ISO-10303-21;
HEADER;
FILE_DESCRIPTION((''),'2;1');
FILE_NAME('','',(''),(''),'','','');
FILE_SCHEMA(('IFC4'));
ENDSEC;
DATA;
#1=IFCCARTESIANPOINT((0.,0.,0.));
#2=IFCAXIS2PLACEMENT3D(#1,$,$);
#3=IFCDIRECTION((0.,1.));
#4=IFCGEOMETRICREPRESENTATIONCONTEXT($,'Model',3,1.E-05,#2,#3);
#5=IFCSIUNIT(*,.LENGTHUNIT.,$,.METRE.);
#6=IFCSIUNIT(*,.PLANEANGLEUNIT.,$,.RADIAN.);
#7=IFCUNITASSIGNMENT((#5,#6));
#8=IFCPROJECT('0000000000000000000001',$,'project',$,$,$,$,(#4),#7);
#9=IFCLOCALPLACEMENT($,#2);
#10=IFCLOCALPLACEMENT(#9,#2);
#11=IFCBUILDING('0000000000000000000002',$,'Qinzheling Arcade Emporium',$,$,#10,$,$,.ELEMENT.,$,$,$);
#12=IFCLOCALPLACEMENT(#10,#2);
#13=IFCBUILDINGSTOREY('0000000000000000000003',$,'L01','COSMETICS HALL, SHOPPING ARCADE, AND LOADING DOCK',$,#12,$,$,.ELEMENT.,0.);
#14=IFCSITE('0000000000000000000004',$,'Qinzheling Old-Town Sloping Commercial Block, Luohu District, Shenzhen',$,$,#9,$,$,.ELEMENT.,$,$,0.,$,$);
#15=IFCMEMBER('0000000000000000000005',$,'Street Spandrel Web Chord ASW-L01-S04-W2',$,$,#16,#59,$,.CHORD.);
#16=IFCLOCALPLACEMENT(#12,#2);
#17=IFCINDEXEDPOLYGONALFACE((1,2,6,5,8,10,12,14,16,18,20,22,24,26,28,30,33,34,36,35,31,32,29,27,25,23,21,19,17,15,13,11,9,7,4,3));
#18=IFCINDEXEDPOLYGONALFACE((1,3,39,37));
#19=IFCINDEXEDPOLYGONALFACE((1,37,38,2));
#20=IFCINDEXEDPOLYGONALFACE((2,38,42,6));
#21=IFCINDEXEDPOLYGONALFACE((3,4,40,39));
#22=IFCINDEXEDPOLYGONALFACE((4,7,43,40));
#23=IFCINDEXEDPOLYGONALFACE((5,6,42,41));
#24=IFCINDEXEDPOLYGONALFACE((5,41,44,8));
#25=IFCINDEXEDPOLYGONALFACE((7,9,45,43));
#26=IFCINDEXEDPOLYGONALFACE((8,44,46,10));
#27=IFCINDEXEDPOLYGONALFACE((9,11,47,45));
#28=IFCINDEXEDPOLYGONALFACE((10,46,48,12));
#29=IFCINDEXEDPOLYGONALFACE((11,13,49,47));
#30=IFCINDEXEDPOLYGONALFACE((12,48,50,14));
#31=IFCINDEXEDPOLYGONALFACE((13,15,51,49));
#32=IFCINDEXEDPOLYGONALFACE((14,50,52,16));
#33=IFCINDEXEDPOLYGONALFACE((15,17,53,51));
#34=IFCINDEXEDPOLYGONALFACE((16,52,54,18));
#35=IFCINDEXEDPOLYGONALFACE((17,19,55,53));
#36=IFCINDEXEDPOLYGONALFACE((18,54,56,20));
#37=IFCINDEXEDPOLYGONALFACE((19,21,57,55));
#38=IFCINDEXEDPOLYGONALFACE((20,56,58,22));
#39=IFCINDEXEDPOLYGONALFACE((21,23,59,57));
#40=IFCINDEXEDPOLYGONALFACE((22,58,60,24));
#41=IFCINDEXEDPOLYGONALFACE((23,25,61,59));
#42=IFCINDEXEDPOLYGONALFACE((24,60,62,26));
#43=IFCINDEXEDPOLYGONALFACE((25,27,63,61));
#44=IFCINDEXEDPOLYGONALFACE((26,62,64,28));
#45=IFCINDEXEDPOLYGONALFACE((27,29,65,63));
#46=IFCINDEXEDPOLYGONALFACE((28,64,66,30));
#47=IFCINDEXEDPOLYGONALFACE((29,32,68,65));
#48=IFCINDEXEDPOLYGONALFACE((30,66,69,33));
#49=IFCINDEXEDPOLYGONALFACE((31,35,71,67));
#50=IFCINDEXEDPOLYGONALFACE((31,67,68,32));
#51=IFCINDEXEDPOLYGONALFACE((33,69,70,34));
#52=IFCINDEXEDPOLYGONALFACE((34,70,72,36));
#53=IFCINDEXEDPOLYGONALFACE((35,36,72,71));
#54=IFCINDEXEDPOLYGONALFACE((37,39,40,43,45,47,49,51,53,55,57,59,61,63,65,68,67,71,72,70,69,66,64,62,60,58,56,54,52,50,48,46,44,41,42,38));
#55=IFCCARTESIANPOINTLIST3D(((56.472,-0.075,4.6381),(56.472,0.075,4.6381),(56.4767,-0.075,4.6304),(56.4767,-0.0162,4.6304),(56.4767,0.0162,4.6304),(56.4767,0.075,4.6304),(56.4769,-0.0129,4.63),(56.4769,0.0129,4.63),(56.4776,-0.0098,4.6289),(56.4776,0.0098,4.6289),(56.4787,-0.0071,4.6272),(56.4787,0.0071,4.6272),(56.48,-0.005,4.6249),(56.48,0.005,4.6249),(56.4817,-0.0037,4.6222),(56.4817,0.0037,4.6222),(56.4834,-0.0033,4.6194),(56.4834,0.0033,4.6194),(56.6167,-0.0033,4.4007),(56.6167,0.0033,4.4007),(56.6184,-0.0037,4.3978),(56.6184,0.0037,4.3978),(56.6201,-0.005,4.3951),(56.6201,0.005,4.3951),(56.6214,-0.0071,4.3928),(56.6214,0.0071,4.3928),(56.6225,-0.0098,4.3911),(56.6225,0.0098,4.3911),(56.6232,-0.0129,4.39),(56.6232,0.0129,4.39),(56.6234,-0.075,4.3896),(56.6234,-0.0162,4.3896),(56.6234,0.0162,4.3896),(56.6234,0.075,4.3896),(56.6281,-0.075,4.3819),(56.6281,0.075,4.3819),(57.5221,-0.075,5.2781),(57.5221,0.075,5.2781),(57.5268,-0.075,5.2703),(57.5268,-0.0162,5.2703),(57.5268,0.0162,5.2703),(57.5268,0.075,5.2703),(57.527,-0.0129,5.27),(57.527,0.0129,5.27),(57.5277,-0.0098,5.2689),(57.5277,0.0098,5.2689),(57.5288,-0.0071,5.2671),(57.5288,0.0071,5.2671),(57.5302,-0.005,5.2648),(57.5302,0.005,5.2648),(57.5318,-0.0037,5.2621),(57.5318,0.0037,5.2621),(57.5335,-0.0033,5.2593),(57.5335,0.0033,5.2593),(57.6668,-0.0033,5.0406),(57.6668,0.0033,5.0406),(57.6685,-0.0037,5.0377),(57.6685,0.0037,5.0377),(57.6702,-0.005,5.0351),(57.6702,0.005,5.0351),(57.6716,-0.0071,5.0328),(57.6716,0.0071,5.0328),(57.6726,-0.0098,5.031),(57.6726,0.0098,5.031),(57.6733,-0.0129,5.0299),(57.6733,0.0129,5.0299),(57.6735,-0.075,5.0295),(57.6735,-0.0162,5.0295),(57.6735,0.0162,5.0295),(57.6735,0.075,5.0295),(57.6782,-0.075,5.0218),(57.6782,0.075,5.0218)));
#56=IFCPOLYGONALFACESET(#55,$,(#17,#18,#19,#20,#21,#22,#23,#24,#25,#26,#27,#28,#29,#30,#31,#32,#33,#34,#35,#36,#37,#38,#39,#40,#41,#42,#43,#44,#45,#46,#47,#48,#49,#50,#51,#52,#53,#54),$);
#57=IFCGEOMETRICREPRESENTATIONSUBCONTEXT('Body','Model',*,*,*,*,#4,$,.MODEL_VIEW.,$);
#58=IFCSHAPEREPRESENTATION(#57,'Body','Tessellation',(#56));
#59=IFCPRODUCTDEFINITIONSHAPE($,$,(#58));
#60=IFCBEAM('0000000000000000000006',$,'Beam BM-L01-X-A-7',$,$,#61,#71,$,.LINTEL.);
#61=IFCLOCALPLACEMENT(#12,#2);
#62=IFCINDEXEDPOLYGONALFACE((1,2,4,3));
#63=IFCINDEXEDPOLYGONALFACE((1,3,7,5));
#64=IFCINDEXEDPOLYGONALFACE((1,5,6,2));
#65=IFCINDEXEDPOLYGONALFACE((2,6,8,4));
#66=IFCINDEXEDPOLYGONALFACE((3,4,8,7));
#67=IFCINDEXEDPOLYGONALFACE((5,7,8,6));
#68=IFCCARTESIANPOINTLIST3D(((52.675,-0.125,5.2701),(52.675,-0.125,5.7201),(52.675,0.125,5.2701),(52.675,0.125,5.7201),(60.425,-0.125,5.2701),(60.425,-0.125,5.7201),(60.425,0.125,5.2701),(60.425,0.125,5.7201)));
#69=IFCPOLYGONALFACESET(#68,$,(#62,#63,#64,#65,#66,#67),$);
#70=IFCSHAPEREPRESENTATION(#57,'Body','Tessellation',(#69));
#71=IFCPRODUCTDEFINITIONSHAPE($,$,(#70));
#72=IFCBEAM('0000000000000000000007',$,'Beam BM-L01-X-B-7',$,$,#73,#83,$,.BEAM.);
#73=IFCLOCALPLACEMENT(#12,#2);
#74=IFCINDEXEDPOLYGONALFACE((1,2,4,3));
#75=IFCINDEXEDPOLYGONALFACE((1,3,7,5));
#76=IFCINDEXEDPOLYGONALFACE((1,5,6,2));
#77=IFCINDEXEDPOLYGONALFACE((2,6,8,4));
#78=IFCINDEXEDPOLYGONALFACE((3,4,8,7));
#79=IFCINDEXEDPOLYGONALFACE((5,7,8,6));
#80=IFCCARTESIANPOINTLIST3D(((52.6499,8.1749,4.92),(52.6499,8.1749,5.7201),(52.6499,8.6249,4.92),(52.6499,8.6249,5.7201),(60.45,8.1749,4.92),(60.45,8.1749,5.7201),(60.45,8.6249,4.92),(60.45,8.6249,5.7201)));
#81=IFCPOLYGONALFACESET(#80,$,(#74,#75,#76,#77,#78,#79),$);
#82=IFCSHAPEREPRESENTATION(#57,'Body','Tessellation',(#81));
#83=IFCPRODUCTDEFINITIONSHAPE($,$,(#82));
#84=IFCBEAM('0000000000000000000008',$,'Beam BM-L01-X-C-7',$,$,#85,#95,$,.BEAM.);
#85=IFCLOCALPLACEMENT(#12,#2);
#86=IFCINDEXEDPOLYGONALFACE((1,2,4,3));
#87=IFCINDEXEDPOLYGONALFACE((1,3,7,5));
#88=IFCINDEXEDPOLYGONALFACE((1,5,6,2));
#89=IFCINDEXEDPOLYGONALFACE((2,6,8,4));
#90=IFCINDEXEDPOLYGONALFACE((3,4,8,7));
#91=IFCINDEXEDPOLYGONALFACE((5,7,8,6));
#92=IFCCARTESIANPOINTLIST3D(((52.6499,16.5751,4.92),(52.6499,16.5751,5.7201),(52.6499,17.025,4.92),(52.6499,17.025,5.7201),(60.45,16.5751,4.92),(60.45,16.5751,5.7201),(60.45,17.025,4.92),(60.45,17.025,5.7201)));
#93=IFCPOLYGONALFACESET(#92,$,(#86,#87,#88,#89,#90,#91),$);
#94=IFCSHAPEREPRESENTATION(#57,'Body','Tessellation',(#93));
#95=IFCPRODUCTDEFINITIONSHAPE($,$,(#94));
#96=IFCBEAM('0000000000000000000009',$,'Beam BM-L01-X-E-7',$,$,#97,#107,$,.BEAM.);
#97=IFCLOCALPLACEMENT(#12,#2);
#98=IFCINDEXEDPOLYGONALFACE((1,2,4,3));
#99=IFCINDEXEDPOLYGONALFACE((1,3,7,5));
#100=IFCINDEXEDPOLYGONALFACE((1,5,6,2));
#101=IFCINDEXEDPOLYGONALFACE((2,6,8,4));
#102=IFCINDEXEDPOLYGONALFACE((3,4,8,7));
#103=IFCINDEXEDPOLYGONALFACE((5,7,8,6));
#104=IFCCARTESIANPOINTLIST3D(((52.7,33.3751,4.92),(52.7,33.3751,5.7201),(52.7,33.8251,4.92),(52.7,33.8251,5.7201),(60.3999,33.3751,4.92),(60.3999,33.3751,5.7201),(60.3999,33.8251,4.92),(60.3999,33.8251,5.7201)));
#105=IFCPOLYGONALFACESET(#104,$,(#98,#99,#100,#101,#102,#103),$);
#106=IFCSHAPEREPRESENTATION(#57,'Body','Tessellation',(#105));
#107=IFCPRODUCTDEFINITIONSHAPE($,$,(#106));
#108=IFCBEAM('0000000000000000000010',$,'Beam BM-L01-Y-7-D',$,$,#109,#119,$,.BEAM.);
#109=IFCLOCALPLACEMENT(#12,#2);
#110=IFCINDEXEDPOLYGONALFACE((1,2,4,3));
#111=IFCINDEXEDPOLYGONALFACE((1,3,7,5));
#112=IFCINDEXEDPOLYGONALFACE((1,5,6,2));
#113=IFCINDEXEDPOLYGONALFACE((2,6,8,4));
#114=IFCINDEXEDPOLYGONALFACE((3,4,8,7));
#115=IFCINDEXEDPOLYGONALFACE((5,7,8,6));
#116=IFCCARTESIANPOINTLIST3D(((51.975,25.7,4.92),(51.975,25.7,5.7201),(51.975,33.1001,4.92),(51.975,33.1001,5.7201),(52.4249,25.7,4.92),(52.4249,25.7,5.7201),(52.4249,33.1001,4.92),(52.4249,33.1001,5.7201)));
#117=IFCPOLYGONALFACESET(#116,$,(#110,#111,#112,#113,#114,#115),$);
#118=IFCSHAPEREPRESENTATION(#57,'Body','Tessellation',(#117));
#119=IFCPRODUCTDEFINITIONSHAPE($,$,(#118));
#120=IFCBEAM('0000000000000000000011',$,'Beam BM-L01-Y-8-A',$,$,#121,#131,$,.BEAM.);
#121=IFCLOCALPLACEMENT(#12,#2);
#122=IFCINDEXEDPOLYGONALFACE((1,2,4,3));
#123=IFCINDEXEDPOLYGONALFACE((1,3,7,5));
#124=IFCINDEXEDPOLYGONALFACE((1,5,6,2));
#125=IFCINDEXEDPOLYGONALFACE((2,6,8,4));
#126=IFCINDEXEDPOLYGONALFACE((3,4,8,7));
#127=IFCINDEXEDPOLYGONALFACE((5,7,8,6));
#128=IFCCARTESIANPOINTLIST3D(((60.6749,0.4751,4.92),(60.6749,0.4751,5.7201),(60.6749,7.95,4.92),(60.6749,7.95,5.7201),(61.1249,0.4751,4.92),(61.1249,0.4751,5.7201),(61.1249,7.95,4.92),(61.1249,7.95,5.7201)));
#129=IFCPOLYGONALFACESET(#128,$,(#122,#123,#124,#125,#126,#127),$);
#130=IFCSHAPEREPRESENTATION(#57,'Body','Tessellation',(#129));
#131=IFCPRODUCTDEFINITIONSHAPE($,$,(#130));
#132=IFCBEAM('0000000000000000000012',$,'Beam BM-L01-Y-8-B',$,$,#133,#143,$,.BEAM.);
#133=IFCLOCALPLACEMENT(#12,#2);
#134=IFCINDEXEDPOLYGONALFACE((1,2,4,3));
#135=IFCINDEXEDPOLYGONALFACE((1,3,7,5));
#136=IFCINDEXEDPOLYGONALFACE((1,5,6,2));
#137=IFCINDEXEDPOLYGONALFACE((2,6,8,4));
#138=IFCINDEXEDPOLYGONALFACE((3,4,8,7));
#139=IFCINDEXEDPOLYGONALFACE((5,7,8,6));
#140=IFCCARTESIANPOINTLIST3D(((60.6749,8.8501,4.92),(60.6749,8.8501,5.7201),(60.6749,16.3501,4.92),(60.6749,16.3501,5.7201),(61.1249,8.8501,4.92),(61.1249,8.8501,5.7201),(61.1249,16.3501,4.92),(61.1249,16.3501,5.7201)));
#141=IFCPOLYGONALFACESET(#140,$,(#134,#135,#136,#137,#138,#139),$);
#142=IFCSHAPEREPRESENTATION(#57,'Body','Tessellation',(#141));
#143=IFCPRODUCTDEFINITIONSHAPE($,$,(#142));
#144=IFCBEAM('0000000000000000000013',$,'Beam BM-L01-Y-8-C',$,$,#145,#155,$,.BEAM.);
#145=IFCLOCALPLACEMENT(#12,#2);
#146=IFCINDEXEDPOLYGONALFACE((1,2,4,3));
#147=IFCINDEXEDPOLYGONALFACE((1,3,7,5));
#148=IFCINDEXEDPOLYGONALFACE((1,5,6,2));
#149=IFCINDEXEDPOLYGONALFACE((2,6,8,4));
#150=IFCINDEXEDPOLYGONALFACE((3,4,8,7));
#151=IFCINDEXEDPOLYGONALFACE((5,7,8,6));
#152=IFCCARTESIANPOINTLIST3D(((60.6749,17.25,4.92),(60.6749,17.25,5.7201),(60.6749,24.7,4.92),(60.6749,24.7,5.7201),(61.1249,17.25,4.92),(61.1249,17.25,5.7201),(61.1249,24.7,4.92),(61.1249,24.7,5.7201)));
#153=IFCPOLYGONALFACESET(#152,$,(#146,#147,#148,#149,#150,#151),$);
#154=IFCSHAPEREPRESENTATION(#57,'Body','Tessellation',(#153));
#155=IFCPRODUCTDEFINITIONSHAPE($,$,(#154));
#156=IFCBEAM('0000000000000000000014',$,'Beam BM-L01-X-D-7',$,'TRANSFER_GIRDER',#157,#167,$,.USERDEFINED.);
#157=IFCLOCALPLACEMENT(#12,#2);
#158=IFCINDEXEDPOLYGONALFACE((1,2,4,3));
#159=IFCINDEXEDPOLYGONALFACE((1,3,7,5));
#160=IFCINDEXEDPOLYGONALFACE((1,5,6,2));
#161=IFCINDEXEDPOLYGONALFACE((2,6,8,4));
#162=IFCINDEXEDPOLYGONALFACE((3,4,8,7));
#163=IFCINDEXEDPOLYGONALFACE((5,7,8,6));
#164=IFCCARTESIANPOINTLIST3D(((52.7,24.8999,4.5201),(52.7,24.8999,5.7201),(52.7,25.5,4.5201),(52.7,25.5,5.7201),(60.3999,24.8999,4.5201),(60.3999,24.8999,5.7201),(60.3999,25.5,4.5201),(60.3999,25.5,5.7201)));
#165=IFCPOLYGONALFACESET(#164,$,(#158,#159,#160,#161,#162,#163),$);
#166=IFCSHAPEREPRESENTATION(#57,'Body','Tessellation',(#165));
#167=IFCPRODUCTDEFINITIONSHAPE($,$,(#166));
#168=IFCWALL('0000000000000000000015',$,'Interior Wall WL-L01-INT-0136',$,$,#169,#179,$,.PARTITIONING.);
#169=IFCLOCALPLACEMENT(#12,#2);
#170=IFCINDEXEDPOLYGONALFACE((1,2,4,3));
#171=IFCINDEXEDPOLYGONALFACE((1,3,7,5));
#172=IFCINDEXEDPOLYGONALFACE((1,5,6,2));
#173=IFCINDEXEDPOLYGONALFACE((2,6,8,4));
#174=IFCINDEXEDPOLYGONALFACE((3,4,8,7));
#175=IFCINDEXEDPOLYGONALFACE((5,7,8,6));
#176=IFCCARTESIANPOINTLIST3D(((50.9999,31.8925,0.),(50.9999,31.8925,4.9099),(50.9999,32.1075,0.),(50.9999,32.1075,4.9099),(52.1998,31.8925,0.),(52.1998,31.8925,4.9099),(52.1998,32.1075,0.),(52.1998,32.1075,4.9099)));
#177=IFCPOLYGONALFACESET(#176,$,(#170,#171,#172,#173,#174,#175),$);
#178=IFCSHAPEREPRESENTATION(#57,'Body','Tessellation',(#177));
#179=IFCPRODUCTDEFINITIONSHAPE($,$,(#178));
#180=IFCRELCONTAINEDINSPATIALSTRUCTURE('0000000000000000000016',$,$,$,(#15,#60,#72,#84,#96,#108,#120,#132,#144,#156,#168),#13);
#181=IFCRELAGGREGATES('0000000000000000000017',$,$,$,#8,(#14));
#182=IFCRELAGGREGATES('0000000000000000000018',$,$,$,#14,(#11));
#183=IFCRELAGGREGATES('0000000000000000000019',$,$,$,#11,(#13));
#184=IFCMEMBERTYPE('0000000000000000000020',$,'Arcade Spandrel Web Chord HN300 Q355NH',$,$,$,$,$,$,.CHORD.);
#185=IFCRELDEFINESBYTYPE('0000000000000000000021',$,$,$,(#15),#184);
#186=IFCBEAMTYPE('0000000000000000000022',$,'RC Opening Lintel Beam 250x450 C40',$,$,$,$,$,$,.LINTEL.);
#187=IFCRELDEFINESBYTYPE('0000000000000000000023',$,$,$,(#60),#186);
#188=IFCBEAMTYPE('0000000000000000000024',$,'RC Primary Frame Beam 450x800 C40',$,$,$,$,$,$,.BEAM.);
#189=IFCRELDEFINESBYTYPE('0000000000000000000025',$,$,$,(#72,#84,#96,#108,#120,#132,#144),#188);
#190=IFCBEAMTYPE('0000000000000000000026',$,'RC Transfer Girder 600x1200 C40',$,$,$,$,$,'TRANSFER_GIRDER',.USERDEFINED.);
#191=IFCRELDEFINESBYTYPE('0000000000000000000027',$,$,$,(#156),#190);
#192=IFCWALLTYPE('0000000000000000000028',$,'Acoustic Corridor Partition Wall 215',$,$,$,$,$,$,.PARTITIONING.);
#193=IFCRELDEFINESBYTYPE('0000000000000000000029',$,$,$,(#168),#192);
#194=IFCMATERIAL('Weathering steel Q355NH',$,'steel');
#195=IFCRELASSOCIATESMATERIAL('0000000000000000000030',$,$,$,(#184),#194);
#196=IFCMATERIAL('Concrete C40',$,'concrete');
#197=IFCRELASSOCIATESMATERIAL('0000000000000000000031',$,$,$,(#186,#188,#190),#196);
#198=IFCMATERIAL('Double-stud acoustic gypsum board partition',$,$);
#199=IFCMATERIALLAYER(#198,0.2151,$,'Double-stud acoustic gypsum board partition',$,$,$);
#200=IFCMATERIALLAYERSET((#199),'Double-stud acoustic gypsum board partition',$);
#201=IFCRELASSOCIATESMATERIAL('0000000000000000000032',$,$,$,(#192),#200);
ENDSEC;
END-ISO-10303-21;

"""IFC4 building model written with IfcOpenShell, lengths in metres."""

from ifc_helpers import new_model, si_unit, direction, frame, frame_2d, origin, origin_2d, place, context, subcontext, project, spatial, rectangle, i_section, extrude, material, layer, layer_set, material_profile, profile_set, type_object, element, save


model = new_model("IFC4")

# Units and contexts
model_context = context("Model", 3, precision=1e-05, world=origin(), true_north=direction((0.0, 1.0)))
body_context = subcontext(model_context, "Body", "Model", "MODEL_VIEW")
ifc_project = project(units=[si_unit("LENGTHUNIT", "METRE"), si_unit("PLANEANGLEUNIT", "RADIAN")], contexts=[model_context])

# Site, building, storey
site_placement = place(None, origin())
site = spatial("IfcSite", under=ifc_project, at=site_placement, Name="Qinzheling Old-Town Sloping Commercial Block, Luohu District, Shenzhen", CompositionType="ELEMENT", RefElevation=0.0)
building_placement = place(site_placement, origin())
building = spatial("IfcBuilding", under=site, at=building_placement, Name="Qinzheling Arcade Emporium", CompositionType="ELEMENT")
storey_placement = place(building_placement, origin())
storey = spatial("IfcBuildingStorey", under=building, at=storey_placement, Name="L01", Description="COSMETICS HALL, SHOPPING ARCADE, AND LOADING DOCK", CompositionType="ELEMENT", Elevation=0.0)

# Shared definitions
ifc_material_1 = material(Name="Weathering steel Q355NH", Category="steel")

# Member
ifc_material_profile_1 = material_profile(ifc_material_1, i_section(OverallWidth=0.1499, OverallDepth=0.3, WebThickness=0.0066, FlangeThickness=0.009, FilletRadius=0.0129, at=origin_2d()), Name="HN 300x150x6.5x9", Category="steel")
ifc_profile_set_1 = profile_set([ifc_material_profile_1], Name="Weathering steel Q355NH")
member_type = type_object("IfcMemberType", Name="Arcade Spandrel Web Chord HN300 Q355NH", PredefinedType="CHORD", material=ifc_profile_set_1)
for number, where, z_axis, x_axis, name in (
    (1, (56.55, 0.0, 4.51), (0.853934, 0.0, 0.520381), (0.0, 1.0, 0.0), "Street Spandrel Web Chord ASW-L01-S04-W2"),
):
    element("IfcMember", number, at=place(storey_placement, frame(where, z_axis=z_axis, x_axis=x_axis)), inside=storey, type_object=member_type, Name=name, PredefinedType="CHORD", context=body_context, shape_type="SweptSolid", body=[
        extrude(i_section(OverallWidth=0.1499, OverallDepth=0.3, WebThickness=0.0066, FlangeThickness=0.009, FilletRadius=0.0129, at=origin_2d()), origin(), (0.0, 0.0, 1.0), 1.2297),
    ])

# Beams
ifc_material_2 = material(Name="Concrete C40", Category="concrete")
ifc_material_profile_2 = material_profile(ifc_material_2, rectangle(XDim=0.25, YDim=0.45, at=origin_2d()), Name="RC 250x450", Category="concrete")
ifc_profile_set_2 = profile_set([ifc_material_profile_2], Name="Concrete C40")
beam_type_1 = type_object("IfcBeamType", Name="RC Opening Lintel Beam 250x450 C40", PredefinedType="LINTEL", material=ifc_profile_set_2)
beam_1_placement = place(storey_placement, frame((52.675, 0.0, 5.4951), z_axis=(1.0, 0.0, 0.0), x_axis=(0.0, 1.0, 0.0)))
element("IfcBeam", 2, at=beam_1_placement, inside=storey, type_object=beam_type_1, Name="Beam BM-L01-X-A-7", PredefinedType="LINTEL", context=body_context, shape_type="SweptSolid", body=[
    extrude(rectangle(XDim=0.25, YDim=0.45, at=origin_2d()), origin(), (0.0, 0.0, 1.0), 7.75),
])
ifc_material_profile_3 = material_profile(ifc_material_2, rectangle(XDim=0.45, YDim=0.8, at=origin_2d()), Name="RC 450x800", Category="concrete")
ifc_profile_set_3 = profile_set([ifc_material_profile_3], Name="Concrete C40")
beam_type_2 = type_object("IfcBeamType", Name="RC Primary Frame Beam 450x800 C40", PredefinedType="BEAM", material=ifc_profile_set_3)
for number, where, z_axis, x_axis, name in (
    (3, (52.6499, 8.3999, 5.3201), (1.0, 0.0, 0.0), (0.0, 1.0, 0.0), "Beam BM-L01-X-B-7"),
    (4, (52.6499, 16.8, 5.3201), (1.0, 0.0, 0.0), (0.0, 1.0, 0.0), "Beam BM-L01-X-C-7"),
):
    element("IfcBeam", number, at=place(storey_placement, frame(where, z_axis=z_axis, x_axis=x_axis)), inside=storey, type_object=beam_type_2, Name=name, PredefinedType="BEAM", context=body_context, shape_type="SweptSolid", body=[
        extrude(rectangle(XDim=0.45, YDim=0.8, at=origin_2d()), origin(), (0.0, 0.0, 1.0), 7.8),
    ])
beam_2_placement = place(storey_placement, frame((52.7, 33.6001, 5.3201), z_axis=(1.0, 0.0, 0.0), x_axis=(0.0, 1.0, 0.0)))
element("IfcBeam", 5, at=beam_2_placement, inside=storey, type_object=beam_type_2, Name="Beam BM-L01-X-E-7", PredefinedType="BEAM", context=body_context, shape_type="SweptSolid", body=[
    extrude(rectangle(XDim=0.45, YDim=0.8, at=origin_2d()), origin(), (0.0, 0.0, 1.0), 7.7),
])
beam_3_placement = place(storey_placement, frame((52.2, 25.7, 5.3201), z_axis=(0.0, 1.0, 0.0), x_axis=(-1.0, 0.0, 0.0)))
element("IfcBeam", 6, at=beam_3_placement, inside=storey, type_object=beam_type_2, Name="Beam BM-L01-Y-7-D", PredefinedType="BEAM", context=body_context, shape_type="SweptSolid", body=[
    extrude(rectangle(XDim=0.45, YDim=0.8, at=origin_2d()), origin(), (0.0, 0.0, 1.0), 7.4001),
])
beam_4_placement = place(storey_placement, frame((60.8999, 0.4751, 5.3201), z_axis=(0.0, 1.0, 0.0), x_axis=(-1.0, 0.0, 0.0)))
element("IfcBeam", 7, at=beam_4_placement, inside=storey, type_object=beam_type_2, Name="Beam BM-L01-Y-8-A", PredefinedType="BEAM", context=body_context, shape_type="SweptSolid", body=[
    extrude(rectangle(XDim=0.45, YDim=0.8, at=origin_2d()), origin(), (0.0, 0.0, 1.0), 7.4749),
])
beam_5_placement = place(storey_placement, frame((60.8999, 8.8501, 5.3201), z_axis=(0.0, 1.0, 0.0), x_axis=(-1.0, 0.0, 0.0)))
element("IfcBeam", 8, at=beam_5_placement, inside=storey, type_object=beam_type_2, Name="Beam BM-L01-Y-8-B", PredefinedType="BEAM", context=body_context, shape_type="SweptSolid", body=[
    extrude(rectangle(XDim=0.45, YDim=0.8, at=origin_2d()), origin(), (0.0, 0.0, 1.0), 7.5),
])
beam_6_placement = place(storey_placement, frame((60.8999, 17.25, 5.3201), z_axis=(0.0, 1.0, 0.0), x_axis=(-1.0, 0.0, 0.0)))
element("IfcBeam", 9, at=beam_6_placement, inside=storey, type_object=beam_type_2, Name="Beam BM-L01-Y-8-C", PredefinedType="BEAM", context=body_context, shape_type="SweptSolid", body=[
    extrude(rectangle(XDim=0.45, YDim=0.8, at=origin_2d()), origin(), (0.0, 0.0, 1.0), 7.45),
])
ifc_material_profile_4 = material_profile(ifc_material_2, rectangle(XDim=0.6001, YDim=1.2, at=origin_2d()), Name="RC 600x1200", Category="concrete")
ifc_profile_set_4 = profile_set([ifc_material_profile_4], Name="Concrete C40")
beam_type_3 = type_object("IfcBeamType", Name="RC Transfer Girder 600x1200 C40", ElementType="TRANSFER_GIRDER", PredefinedType="USERDEFINED", material=ifc_profile_set_4)
beam_7_placement = place(storey_placement, frame((52.7, 25.2, 5.1201), z_axis=(1.0, 0.0, 0.0), x_axis=(0.0, 1.0, 0.0)))
element("IfcBeam", 10, at=beam_7_placement, inside=storey, type_object=beam_type_3, Name="Beam BM-L01-X-D-7", ObjectType="TRANSFER_GIRDER", PredefinedType="USERDEFINED", context=body_context, shape_type="SweptSolid", body=[
    extrude(rectangle(XDim=0.6001, YDim=1.2, at=origin_2d()), origin(), (0.0, 0.0, 1.0), 7.7),
])

# Wall
ifc_material_3 = material(Name="Double-stud acoustic gypsum board partition")
ifc_layer_1 = layer(ifc_material_3, 0.2151, Name="Double-stud acoustic gypsum board partition")
ifc_layer_set_1 = layer_set([ifc_layer_1], Name="Double-stud acoustic gypsum board partition")
wall_type_1 = type_object("IfcWallType", Name="Acoustic Corridor Partition Wall 215", PredefinedType="PARTITIONING", material=ifc_layer_set_1)
wall_1_placement = place(storey_placement, frame((52.2, 32.0, 0.0), z_axis=(0.0, 0.0, 1.0), x_axis=(-1.0, 0.0, 0.0)))
element("IfcWall", 11, at=wall_1_placement, inside=storey, type_object=wall_type_1, Name="Interior Wall WL-L01-INT-0136", PredefinedType="PARTITIONING", context=body_context, shape_type="SweptSolid", body=[
    extrude(rectangle(XDim=1.2, YDim=0.2151, at=frame_2d((0.6001, 0.0))), origin(), (0.0, 0.0, 1.0), 4.9099),
])

save(model, "model.ifc")
